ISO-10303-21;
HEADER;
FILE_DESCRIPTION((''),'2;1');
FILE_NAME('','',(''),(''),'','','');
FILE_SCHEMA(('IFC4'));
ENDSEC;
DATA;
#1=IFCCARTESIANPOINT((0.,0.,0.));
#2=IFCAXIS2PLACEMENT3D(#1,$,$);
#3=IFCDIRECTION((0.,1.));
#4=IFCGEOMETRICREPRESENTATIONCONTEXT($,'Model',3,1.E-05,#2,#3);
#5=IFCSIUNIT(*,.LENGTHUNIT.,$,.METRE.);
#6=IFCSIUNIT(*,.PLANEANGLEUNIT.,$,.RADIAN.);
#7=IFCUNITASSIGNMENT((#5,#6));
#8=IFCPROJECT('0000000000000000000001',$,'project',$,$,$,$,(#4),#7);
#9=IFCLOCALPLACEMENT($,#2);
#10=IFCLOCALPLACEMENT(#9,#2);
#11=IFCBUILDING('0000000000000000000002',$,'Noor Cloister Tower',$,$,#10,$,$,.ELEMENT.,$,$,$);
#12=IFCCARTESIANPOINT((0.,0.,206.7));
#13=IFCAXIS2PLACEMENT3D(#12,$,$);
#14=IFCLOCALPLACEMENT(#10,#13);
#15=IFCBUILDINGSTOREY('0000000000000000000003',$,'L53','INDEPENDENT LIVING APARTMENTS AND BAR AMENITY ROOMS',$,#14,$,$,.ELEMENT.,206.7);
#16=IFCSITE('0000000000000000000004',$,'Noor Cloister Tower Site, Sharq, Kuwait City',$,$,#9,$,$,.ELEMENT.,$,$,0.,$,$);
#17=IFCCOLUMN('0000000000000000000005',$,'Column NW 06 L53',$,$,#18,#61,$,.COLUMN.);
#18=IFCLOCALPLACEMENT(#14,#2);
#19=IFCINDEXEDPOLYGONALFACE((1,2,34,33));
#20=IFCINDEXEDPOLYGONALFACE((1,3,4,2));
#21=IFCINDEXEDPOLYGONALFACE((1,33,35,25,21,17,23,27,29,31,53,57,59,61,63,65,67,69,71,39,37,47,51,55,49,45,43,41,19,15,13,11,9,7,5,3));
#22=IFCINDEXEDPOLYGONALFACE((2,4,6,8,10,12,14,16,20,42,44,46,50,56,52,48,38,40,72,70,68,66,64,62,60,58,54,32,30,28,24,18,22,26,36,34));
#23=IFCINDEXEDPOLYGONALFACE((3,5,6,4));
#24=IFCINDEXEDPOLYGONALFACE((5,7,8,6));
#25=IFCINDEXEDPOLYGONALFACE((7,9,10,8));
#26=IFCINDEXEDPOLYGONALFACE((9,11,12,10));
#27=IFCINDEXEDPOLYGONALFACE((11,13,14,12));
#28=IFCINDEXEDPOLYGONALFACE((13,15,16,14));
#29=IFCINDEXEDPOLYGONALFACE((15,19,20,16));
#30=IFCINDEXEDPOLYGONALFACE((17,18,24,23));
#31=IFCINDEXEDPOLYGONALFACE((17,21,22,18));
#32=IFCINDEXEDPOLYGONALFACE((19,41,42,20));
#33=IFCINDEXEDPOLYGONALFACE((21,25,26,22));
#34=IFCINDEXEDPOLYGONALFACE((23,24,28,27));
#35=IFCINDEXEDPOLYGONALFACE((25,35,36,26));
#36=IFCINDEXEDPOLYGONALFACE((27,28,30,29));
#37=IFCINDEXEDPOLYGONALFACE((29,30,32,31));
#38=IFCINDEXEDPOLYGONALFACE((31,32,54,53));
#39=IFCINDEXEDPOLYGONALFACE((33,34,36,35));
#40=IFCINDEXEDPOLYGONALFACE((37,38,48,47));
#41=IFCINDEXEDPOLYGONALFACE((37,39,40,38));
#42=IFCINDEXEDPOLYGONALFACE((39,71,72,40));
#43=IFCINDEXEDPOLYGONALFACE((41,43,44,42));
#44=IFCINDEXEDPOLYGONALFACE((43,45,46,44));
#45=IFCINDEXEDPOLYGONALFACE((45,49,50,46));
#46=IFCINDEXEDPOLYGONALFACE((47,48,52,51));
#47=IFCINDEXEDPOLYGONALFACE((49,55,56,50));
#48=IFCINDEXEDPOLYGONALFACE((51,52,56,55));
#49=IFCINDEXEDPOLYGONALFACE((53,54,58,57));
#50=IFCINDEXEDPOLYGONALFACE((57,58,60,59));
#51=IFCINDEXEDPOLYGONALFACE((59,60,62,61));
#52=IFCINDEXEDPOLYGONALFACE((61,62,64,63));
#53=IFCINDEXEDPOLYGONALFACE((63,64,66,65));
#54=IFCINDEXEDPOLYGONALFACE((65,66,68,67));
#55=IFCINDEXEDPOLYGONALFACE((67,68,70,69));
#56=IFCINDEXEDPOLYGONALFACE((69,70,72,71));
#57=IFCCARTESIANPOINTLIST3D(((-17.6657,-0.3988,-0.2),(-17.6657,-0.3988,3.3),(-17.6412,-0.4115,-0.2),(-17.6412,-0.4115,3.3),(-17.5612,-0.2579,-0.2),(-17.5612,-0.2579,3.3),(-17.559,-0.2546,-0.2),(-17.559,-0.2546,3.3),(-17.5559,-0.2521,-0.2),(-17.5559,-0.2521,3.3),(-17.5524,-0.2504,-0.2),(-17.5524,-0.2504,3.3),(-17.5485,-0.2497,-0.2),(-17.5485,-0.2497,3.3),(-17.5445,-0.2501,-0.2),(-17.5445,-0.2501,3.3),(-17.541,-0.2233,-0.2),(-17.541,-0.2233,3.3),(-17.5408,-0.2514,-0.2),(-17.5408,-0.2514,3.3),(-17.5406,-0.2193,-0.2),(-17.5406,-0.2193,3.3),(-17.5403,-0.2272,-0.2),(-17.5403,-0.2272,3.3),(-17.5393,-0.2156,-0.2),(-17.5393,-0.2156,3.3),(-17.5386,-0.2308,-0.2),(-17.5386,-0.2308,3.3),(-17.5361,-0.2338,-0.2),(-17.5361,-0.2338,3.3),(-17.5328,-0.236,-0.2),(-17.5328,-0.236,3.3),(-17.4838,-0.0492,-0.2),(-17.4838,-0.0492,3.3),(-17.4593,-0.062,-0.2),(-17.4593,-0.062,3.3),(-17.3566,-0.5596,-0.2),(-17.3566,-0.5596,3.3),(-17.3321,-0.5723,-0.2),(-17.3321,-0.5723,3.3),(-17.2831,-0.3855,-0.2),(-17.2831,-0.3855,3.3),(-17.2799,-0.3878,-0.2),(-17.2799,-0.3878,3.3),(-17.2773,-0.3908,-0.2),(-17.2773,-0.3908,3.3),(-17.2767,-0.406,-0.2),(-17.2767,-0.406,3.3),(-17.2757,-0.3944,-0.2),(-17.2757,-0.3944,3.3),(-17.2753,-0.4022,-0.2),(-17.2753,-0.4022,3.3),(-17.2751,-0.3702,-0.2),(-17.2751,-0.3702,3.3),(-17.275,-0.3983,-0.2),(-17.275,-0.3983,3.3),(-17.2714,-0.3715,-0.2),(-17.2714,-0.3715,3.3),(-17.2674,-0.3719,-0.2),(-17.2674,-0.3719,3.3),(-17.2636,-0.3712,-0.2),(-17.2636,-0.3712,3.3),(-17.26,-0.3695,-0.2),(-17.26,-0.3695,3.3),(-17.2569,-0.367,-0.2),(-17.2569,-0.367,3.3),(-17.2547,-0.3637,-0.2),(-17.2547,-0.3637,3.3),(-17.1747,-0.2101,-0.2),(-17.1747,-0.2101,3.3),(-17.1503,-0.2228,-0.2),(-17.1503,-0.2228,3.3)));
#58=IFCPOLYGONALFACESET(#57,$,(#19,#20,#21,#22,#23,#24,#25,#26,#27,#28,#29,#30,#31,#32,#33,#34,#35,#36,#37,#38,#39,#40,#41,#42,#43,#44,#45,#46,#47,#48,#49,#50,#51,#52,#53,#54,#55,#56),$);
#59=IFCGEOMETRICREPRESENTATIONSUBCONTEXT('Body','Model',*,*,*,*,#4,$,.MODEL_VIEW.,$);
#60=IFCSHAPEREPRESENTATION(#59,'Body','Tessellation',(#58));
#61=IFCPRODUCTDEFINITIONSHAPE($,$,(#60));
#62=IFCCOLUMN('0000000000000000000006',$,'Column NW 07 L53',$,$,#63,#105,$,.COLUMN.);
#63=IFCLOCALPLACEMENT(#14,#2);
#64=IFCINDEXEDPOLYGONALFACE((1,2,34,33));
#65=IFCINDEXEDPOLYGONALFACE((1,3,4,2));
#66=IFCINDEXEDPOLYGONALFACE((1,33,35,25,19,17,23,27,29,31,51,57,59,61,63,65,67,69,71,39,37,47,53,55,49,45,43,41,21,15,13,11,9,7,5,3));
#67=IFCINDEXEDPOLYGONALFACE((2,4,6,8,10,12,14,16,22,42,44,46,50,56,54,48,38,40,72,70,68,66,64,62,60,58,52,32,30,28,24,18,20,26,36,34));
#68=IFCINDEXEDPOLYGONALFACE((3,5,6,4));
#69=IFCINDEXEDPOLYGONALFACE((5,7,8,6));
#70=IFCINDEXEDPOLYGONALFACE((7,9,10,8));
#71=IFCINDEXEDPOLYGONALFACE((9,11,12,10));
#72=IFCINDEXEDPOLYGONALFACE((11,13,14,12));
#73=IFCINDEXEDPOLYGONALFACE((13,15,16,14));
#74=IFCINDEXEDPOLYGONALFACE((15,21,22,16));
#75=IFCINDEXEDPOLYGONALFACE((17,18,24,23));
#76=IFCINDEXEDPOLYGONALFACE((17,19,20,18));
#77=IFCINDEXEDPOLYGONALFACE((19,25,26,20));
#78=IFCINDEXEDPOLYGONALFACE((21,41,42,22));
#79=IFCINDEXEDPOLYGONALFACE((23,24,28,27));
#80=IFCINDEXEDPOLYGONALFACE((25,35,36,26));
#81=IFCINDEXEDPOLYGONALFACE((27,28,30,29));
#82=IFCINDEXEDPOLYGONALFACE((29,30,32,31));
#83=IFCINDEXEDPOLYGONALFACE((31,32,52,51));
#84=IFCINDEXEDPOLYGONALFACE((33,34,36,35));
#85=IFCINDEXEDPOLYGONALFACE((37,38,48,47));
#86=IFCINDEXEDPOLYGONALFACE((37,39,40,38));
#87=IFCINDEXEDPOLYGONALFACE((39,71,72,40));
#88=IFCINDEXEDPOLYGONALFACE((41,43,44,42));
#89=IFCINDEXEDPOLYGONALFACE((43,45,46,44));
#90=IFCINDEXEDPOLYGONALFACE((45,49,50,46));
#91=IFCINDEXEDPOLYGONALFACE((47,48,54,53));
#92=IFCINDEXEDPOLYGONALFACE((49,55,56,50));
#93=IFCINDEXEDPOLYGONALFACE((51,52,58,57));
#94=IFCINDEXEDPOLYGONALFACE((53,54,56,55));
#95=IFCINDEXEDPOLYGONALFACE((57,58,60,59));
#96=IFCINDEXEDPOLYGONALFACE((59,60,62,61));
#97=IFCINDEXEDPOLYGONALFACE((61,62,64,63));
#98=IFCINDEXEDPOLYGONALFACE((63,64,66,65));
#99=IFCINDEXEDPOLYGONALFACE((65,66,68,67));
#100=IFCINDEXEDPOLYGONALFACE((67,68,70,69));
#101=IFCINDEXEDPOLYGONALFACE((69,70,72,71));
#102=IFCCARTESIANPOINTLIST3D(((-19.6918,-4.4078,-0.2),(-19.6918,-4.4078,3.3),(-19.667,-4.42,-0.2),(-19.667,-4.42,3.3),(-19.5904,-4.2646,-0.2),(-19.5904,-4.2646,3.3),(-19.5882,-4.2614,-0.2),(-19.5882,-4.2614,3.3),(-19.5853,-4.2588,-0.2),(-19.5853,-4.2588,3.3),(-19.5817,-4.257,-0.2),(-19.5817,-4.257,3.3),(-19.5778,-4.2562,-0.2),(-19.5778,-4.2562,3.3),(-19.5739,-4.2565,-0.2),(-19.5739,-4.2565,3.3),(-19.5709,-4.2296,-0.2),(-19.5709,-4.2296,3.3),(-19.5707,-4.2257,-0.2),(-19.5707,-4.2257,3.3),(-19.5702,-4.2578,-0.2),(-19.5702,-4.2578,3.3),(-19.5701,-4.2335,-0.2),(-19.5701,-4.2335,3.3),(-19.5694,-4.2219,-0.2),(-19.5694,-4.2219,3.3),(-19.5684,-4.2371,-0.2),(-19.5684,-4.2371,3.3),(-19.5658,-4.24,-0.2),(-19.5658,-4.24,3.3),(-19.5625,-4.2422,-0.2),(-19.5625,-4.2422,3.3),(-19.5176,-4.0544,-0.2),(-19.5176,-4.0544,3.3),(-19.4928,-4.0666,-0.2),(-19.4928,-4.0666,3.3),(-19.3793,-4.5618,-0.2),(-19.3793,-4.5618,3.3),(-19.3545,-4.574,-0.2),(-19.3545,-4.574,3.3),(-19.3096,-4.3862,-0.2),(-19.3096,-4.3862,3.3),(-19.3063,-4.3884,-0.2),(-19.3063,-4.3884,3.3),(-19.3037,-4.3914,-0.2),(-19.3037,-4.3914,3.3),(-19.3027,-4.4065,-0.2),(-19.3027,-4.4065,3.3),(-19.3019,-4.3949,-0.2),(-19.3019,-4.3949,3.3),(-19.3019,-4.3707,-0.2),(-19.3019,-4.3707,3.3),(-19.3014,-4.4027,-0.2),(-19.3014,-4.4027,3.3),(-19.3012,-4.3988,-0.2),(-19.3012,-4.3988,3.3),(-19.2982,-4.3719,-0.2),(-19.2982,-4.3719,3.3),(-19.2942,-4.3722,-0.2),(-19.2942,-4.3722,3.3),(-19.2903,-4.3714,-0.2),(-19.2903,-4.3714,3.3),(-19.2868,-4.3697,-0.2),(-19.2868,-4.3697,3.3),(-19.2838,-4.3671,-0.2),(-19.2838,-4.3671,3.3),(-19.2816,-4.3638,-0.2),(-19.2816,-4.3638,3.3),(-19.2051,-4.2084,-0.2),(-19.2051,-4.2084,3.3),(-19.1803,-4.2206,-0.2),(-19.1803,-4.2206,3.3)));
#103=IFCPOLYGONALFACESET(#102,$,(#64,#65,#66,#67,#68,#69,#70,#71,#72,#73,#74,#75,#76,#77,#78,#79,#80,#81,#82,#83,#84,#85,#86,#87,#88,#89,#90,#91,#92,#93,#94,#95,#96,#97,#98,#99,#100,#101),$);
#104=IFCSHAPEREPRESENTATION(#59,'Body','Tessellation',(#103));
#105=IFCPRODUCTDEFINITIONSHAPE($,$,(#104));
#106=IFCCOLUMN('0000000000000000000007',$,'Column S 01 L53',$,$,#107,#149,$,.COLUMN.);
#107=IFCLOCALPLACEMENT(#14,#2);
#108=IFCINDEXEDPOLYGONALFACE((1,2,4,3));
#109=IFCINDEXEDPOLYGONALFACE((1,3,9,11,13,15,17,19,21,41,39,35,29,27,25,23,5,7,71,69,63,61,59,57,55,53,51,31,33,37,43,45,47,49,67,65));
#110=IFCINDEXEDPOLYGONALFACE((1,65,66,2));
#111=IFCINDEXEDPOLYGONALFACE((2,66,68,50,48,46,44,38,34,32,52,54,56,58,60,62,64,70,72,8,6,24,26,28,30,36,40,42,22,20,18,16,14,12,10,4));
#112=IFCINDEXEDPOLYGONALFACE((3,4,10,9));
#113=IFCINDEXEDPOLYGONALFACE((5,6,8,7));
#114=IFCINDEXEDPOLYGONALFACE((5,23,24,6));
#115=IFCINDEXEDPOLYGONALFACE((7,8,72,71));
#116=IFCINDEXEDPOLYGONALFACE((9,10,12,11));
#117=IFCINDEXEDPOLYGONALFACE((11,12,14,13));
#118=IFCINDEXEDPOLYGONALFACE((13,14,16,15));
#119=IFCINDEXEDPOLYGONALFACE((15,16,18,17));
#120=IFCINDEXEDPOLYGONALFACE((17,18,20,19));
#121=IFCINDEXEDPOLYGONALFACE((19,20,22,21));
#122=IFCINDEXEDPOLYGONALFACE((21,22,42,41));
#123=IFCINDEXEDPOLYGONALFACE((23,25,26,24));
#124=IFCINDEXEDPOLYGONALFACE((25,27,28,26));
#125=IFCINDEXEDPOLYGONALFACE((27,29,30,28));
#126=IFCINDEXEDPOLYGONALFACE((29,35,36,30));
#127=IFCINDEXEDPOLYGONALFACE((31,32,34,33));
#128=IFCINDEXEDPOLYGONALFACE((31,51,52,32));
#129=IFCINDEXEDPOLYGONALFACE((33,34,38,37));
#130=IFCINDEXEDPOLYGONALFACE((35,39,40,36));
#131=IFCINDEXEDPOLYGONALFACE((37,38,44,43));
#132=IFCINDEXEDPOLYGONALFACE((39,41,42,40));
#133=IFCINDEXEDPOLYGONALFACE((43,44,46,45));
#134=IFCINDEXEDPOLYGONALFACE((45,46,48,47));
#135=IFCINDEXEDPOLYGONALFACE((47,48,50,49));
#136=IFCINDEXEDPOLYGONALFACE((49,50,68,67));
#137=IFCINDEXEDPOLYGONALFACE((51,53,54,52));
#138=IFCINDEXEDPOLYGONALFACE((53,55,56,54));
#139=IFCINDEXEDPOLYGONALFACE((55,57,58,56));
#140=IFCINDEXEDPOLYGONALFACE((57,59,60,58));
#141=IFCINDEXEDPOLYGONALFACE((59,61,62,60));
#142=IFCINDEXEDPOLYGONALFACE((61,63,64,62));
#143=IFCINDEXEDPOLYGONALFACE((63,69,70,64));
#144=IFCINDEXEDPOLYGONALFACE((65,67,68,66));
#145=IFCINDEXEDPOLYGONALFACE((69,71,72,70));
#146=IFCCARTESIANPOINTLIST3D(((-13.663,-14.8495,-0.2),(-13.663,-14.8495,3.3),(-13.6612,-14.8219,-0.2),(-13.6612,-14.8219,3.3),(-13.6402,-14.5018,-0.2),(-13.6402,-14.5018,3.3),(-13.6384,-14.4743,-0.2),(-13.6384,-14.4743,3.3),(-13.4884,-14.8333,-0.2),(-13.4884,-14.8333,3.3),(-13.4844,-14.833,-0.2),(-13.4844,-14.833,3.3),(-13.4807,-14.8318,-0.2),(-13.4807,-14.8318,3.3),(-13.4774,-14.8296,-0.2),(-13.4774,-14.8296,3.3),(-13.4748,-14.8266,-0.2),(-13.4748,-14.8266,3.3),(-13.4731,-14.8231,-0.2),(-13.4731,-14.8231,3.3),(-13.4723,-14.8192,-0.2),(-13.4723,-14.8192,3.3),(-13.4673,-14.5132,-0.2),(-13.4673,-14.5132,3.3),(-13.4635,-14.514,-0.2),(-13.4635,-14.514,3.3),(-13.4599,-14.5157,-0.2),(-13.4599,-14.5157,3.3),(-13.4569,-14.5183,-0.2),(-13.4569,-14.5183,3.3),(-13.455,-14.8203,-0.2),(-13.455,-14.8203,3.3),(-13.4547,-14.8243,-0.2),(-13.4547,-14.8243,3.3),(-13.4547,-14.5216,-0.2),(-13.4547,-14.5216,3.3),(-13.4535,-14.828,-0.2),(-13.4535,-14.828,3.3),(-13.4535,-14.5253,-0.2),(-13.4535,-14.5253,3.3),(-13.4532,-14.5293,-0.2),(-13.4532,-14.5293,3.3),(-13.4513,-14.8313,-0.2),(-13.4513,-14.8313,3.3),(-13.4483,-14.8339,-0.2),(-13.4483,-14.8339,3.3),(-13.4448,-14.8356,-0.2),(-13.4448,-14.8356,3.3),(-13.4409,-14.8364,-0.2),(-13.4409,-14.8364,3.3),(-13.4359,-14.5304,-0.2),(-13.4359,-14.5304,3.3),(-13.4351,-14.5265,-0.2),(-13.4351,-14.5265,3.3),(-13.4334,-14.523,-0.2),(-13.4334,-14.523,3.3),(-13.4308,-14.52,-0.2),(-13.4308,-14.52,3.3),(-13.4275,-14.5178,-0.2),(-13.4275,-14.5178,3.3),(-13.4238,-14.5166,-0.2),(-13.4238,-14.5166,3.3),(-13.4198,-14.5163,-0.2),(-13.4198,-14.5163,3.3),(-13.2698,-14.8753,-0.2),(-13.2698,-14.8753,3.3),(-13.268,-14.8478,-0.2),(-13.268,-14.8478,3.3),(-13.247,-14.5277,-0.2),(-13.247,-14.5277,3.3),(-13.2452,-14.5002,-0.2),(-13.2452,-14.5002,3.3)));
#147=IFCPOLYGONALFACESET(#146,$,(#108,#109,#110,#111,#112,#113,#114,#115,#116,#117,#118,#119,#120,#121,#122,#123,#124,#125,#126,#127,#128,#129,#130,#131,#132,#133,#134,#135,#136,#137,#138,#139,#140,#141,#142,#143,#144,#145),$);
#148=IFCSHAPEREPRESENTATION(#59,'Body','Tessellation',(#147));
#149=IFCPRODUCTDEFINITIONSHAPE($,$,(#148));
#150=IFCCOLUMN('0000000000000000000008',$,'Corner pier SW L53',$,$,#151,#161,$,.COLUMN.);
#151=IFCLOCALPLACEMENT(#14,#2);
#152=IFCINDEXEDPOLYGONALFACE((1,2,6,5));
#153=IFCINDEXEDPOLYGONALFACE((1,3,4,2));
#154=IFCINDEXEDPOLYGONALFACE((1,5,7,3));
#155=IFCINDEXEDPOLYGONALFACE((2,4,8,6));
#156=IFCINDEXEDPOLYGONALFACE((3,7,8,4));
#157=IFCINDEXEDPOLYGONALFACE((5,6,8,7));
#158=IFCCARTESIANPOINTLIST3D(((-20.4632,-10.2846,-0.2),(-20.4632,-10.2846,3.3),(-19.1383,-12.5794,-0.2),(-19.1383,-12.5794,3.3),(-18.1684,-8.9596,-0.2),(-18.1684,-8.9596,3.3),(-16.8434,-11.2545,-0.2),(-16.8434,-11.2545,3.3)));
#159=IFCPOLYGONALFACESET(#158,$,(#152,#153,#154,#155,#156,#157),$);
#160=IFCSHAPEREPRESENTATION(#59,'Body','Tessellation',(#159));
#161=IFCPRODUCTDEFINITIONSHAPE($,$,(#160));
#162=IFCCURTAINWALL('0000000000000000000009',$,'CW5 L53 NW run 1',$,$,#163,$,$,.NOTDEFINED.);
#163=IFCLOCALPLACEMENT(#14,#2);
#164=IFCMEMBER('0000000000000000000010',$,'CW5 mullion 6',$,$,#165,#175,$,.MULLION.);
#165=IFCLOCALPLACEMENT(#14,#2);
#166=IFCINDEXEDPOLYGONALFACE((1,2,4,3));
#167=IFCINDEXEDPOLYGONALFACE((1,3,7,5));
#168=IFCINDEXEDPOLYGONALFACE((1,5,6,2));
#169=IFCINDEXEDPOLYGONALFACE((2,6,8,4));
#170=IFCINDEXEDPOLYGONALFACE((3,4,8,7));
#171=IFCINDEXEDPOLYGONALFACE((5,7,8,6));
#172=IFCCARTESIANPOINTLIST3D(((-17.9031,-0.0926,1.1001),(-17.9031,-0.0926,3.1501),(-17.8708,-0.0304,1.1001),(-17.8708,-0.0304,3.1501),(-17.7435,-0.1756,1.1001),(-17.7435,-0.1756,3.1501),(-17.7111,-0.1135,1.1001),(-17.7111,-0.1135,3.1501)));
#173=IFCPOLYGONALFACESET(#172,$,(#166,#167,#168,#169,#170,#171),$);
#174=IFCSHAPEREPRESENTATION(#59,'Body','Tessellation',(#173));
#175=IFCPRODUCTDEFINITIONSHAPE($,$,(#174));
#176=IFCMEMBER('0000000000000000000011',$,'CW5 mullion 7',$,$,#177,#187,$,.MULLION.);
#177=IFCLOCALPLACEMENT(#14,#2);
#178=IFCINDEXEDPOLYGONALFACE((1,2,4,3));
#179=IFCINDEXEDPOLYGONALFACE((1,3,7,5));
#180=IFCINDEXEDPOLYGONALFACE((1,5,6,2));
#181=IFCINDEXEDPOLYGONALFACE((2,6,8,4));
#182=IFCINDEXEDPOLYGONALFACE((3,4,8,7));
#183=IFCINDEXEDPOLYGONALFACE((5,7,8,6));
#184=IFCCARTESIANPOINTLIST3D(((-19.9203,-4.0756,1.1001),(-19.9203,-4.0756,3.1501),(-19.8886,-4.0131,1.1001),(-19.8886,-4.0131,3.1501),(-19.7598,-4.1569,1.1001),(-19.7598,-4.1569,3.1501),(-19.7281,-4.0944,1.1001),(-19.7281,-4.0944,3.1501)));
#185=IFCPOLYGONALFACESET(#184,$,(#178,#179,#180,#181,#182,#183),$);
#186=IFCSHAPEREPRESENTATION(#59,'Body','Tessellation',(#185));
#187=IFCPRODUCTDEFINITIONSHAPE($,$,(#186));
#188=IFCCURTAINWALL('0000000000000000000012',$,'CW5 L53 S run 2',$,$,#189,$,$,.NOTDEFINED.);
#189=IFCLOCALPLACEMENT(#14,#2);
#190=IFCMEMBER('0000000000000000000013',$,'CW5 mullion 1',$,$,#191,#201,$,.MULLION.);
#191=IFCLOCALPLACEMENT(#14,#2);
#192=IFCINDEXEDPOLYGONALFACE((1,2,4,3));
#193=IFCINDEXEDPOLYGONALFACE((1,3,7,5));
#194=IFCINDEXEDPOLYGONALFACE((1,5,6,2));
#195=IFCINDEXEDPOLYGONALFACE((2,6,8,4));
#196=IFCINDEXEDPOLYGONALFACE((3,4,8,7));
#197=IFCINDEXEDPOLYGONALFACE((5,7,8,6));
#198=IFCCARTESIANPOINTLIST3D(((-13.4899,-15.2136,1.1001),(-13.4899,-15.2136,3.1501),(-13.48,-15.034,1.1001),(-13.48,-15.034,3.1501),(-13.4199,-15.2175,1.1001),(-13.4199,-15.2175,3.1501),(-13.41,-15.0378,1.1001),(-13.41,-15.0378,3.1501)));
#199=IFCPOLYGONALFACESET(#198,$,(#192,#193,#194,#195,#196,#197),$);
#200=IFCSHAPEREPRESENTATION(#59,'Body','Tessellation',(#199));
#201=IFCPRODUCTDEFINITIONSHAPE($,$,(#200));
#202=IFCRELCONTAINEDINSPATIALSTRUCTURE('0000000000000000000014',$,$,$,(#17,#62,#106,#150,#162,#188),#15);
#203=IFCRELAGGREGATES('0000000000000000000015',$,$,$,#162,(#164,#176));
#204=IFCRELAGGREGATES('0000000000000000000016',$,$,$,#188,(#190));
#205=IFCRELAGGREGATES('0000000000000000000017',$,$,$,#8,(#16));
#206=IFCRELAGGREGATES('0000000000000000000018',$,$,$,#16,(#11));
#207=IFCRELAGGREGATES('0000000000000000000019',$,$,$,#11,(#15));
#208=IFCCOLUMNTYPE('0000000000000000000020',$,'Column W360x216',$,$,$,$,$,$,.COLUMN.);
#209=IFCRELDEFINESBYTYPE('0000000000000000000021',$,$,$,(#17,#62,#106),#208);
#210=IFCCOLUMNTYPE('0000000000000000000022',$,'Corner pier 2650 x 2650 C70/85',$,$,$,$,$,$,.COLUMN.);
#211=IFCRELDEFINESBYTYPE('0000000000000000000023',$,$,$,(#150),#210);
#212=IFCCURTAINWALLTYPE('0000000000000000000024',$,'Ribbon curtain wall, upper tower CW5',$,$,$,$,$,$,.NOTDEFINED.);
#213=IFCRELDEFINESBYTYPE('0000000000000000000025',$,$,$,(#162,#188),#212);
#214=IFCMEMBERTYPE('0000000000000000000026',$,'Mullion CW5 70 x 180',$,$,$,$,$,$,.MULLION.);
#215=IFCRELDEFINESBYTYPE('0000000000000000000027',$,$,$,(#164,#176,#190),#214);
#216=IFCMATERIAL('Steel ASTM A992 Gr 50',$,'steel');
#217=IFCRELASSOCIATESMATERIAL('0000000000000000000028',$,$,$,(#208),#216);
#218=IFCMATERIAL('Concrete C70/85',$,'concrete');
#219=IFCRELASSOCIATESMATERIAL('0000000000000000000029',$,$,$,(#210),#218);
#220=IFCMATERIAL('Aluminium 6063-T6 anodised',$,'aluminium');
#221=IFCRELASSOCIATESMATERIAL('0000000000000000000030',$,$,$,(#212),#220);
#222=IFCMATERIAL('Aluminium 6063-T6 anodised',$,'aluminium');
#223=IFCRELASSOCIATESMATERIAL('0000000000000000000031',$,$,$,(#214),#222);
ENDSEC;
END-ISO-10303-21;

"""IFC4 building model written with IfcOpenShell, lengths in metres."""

from ifc_helpers import new_model, si_unit, direction, frame, origin, origin_2d, place, context, subcontext, project, spatial, rectangle, i_section, extrude, material, material_profile, profile_set, type_object, element, aggregate, save


model = new_model("IFC4")

# Units and contexts
model_context = context("Model", 3, precision=1e-05, world=origin(), true_north=direction((0.0, 1.0)))
body_context = subcontext(model_context, "Body", "Model", "MODEL_VIEW")
ifc_project = project(units=[si_unit("LENGTHUNIT", "METRE"), si_unit("PLANEANGLEUNIT", "RADIAN")], contexts=[model_context])

# Site, building, storey
site_placement = place(None, origin())
site = spatial("IfcSite", under=ifc_project, at=site_placement, Name="Noor Cloister Tower Site, Sharq, Kuwait City", CompositionType="ELEMENT", RefElevation=0.0)
building_placement = place(site_placement, origin())
building = spatial("IfcBuilding", under=site, at=building_placement, Name="Noor Cloister Tower", CompositionType="ELEMENT")
storey_placement = place(building_placement, frame((0.0, 0.0, 206.7)))
storey = spatial("IfcBuildingStorey", under=building, at=storey_placement, Name="L53", Description="INDEPENDENT LIVING APARTMENTS AND BAR AMENITY ROOMS", CompositionType="ELEMENT", Elevation=206.7)

# Columns
ifc_material_1 = material(Name="Steel ASTM A992 Gr 50", Category="steel")
ifc_material_profile_1 = material_profile(ifc_material_1, i_section(OverallWidth=0.394, OverallDepth=0.376, WebThickness=0.0173, FlangeThickness=0.0276, FilletRadius=0.0151, at=origin_2d()), Name="W360x216")
ifc_profile_set_1 = profile_set([ifc_material_profile_1], Name="Steel ASTM A992 Gr 50")
column_type_1 = type_object("IfcColumnType", Name="Column W360x216", PredefinedType="COLUMN", material=ifc_profile_set_1)
for number, where, z_axis, x_axis, name in (
    (1, (-17.408, -0.3108, -0.2), (0.0, 0.0, 1.0), (-0.461616, -0.88708, 0.0), "Column NW 06 L53"),
    (2, (-19.436, -4.3142, -0.2), (0.0, 0.0, 1.0), (-0.442087, -0.896972, 0.0), "Column NW 07 L53"),
    (3, (-13.4541, -14.6748, -0.2), (0.0, 0.0, 1.0), (0.997844, -0.065627, 0.0), "Column S 01 L53"),
):
    element("IfcColumn", number, at=place(storey_placement, frame(where, z_axis=z_axis, x_axis=x_axis)), inside=storey, type_object=column_type_1, Name=name, PredefinedType="COLUMN", context=body_context, shape_type="SweptSolid", body=[
        extrude(i_section(OverallWidth=0.394, OverallDepth=0.376, WebThickness=0.0173, FlangeThickness=0.0276, FilletRadius=0.0151, at=origin_2d()), origin(), (0.0, 0.0, 1.0), 3.5),
    ])
ifc_material_2 = material(Name="Concrete C70/85", Category="concrete")
ifc_material_profile_2 = material_profile(ifc_material_2, rectangle(XDim=2.6499, YDim=2.6499, at=origin_2d()), Name="RC 2650x2650")
ifc_profile_set_2 = profile_set([ifc_material_profile_2], Name="Concrete C70/85")
column_type_2 = type_object("IfcColumnType", Name="Corner pier 2650 x 2650 C70/85", PredefinedType="COLUMN", material=ifc_profile_set_2)
column_placement = place(storey_placement, frame((-18.6533, -10.7695, -0.2), z_axis=(0.0, 0.0, 1.0), x_axis=(-0.866025, -0.5, 0.0)))
element("IfcColumn", 4, at=column_placement, inside=storey, type_object=column_type_2, Name="Corner pier SW L53", PredefinedType="COLUMN", context=body_context, shape_type="SweptSolid", body=[
    extrude(rectangle(XDim=2.6499, YDim=2.6499, at=origin_2d()), origin(), (0.0, 0.0, 1.0), 3.5),
])

# Curtain wall, members
ifc_material_3 = material(Name="Aluminium 6063-T6 anodised", Category="aluminium")
curtain_wall_type = type_object("IfcCurtainWallType", Name="Ribbon curtain wall, upper tower CW5", PredefinedType="NOTDEFINED", material=ifc_material_3)
curtain_wall_1_placement = place(storey_placement, origin())
curtain_wall_1 = element("IfcCurtainWall", 5, at=curtain_wall_1_placement, inside=storey, type_object=curtain_wall_type, Name="CW5 L53 NW run 1", PredefinedType="NOTDEFINED")
ifc_material_4 = material(Name="Aluminium 6063-T6 anodised", Category="aluminium")
ifc_material_profile_3 = material_profile(ifc_material_4, rectangle(XDim=0.1799, YDim=0.0701, at=origin_2d()), Name="180 x 70 mullion")
ifc_profile_set_3 = profile_set([ifc_material_profile_3], Name="Aluminium 6063-T6 anodised")
member_type = type_object("IfcMemberType", Name="Mullion CW5 70 x 180", PredefinedType="MULLION", material=ifc_profile_set_3)
member_1_placement = place(storey_placement, frame((-17.8071, -0.103, 1.1001), z_axis=(0.0, 0.0, 1.0), x_axis=(0.88708, -0.461616, 0.0)))
member_1 = element("IfcMember", 6, at=member_1_placement, type_object=member_type, Name="CW5 mullion 6", PredefinedType="MULLION", context=body_context, shape_type="SweptSolid", body=[
    extrude(rectangle(XDim=0.1799, YDim=0.0701, at=origin_2d()), origin(), (0.0, 0.0, 1.0), 2.05),
])
member_2_placement = place(storey_placement, frame((-19.8242, -4.085, 1.1001), z_axis=(0.0, 0.0, 1.0), x_axis=(0.892079, -0.451879, 0.0)))
member_2 = element("IfcMember", 7, at=member_2_placement, type_object=member_type, Name="CW5 mullion 7", PredefinedType="MULLION", context=body_context, shape_type="SweptSolid", body=[
    extrude(rectangle(XDim=0.1799, YDim=0.0701, at=origin_2d()), origin(), (0.0, 0.0, 1.0), 2.05),
])

# Curtain wall, member
curtain_wall_2_placement = place(storey_placement, origin())
curtain_wall_2 = element("IfcCurtainWall", 8, at=curtain_wall_2_placement, inside=storey, type_object=curtain_wall_type, Name="CW5 L53 S run 2", PredefinedType="NOTDEFINED")
member_3_placement = place(storey_placement, frame((-13.45, -15.1257, 1.1001), z_axis=(0.0, 0.0, 1.0), x_axis=(0.054701, 0.998503, 0.0)))
member_3 = element("IfcMember", 9, at=member_3_placement, type_object=member_type, Name="CW5 mullion 1", PredefinedType="MULLION", context=body_context, shape_type="SweptSolid", body=[
    extrude(rectangle(XDim=0.1799, YDim=0.0701, at=origin_2d()), origin(), (0.0, 0.0, 1.0), 2.05),
])

aggregate(curtain_wall_1, [member_1, member_2])
aggregate(curtain_wall_2, [member_3])

save(model, "model.ifc")
